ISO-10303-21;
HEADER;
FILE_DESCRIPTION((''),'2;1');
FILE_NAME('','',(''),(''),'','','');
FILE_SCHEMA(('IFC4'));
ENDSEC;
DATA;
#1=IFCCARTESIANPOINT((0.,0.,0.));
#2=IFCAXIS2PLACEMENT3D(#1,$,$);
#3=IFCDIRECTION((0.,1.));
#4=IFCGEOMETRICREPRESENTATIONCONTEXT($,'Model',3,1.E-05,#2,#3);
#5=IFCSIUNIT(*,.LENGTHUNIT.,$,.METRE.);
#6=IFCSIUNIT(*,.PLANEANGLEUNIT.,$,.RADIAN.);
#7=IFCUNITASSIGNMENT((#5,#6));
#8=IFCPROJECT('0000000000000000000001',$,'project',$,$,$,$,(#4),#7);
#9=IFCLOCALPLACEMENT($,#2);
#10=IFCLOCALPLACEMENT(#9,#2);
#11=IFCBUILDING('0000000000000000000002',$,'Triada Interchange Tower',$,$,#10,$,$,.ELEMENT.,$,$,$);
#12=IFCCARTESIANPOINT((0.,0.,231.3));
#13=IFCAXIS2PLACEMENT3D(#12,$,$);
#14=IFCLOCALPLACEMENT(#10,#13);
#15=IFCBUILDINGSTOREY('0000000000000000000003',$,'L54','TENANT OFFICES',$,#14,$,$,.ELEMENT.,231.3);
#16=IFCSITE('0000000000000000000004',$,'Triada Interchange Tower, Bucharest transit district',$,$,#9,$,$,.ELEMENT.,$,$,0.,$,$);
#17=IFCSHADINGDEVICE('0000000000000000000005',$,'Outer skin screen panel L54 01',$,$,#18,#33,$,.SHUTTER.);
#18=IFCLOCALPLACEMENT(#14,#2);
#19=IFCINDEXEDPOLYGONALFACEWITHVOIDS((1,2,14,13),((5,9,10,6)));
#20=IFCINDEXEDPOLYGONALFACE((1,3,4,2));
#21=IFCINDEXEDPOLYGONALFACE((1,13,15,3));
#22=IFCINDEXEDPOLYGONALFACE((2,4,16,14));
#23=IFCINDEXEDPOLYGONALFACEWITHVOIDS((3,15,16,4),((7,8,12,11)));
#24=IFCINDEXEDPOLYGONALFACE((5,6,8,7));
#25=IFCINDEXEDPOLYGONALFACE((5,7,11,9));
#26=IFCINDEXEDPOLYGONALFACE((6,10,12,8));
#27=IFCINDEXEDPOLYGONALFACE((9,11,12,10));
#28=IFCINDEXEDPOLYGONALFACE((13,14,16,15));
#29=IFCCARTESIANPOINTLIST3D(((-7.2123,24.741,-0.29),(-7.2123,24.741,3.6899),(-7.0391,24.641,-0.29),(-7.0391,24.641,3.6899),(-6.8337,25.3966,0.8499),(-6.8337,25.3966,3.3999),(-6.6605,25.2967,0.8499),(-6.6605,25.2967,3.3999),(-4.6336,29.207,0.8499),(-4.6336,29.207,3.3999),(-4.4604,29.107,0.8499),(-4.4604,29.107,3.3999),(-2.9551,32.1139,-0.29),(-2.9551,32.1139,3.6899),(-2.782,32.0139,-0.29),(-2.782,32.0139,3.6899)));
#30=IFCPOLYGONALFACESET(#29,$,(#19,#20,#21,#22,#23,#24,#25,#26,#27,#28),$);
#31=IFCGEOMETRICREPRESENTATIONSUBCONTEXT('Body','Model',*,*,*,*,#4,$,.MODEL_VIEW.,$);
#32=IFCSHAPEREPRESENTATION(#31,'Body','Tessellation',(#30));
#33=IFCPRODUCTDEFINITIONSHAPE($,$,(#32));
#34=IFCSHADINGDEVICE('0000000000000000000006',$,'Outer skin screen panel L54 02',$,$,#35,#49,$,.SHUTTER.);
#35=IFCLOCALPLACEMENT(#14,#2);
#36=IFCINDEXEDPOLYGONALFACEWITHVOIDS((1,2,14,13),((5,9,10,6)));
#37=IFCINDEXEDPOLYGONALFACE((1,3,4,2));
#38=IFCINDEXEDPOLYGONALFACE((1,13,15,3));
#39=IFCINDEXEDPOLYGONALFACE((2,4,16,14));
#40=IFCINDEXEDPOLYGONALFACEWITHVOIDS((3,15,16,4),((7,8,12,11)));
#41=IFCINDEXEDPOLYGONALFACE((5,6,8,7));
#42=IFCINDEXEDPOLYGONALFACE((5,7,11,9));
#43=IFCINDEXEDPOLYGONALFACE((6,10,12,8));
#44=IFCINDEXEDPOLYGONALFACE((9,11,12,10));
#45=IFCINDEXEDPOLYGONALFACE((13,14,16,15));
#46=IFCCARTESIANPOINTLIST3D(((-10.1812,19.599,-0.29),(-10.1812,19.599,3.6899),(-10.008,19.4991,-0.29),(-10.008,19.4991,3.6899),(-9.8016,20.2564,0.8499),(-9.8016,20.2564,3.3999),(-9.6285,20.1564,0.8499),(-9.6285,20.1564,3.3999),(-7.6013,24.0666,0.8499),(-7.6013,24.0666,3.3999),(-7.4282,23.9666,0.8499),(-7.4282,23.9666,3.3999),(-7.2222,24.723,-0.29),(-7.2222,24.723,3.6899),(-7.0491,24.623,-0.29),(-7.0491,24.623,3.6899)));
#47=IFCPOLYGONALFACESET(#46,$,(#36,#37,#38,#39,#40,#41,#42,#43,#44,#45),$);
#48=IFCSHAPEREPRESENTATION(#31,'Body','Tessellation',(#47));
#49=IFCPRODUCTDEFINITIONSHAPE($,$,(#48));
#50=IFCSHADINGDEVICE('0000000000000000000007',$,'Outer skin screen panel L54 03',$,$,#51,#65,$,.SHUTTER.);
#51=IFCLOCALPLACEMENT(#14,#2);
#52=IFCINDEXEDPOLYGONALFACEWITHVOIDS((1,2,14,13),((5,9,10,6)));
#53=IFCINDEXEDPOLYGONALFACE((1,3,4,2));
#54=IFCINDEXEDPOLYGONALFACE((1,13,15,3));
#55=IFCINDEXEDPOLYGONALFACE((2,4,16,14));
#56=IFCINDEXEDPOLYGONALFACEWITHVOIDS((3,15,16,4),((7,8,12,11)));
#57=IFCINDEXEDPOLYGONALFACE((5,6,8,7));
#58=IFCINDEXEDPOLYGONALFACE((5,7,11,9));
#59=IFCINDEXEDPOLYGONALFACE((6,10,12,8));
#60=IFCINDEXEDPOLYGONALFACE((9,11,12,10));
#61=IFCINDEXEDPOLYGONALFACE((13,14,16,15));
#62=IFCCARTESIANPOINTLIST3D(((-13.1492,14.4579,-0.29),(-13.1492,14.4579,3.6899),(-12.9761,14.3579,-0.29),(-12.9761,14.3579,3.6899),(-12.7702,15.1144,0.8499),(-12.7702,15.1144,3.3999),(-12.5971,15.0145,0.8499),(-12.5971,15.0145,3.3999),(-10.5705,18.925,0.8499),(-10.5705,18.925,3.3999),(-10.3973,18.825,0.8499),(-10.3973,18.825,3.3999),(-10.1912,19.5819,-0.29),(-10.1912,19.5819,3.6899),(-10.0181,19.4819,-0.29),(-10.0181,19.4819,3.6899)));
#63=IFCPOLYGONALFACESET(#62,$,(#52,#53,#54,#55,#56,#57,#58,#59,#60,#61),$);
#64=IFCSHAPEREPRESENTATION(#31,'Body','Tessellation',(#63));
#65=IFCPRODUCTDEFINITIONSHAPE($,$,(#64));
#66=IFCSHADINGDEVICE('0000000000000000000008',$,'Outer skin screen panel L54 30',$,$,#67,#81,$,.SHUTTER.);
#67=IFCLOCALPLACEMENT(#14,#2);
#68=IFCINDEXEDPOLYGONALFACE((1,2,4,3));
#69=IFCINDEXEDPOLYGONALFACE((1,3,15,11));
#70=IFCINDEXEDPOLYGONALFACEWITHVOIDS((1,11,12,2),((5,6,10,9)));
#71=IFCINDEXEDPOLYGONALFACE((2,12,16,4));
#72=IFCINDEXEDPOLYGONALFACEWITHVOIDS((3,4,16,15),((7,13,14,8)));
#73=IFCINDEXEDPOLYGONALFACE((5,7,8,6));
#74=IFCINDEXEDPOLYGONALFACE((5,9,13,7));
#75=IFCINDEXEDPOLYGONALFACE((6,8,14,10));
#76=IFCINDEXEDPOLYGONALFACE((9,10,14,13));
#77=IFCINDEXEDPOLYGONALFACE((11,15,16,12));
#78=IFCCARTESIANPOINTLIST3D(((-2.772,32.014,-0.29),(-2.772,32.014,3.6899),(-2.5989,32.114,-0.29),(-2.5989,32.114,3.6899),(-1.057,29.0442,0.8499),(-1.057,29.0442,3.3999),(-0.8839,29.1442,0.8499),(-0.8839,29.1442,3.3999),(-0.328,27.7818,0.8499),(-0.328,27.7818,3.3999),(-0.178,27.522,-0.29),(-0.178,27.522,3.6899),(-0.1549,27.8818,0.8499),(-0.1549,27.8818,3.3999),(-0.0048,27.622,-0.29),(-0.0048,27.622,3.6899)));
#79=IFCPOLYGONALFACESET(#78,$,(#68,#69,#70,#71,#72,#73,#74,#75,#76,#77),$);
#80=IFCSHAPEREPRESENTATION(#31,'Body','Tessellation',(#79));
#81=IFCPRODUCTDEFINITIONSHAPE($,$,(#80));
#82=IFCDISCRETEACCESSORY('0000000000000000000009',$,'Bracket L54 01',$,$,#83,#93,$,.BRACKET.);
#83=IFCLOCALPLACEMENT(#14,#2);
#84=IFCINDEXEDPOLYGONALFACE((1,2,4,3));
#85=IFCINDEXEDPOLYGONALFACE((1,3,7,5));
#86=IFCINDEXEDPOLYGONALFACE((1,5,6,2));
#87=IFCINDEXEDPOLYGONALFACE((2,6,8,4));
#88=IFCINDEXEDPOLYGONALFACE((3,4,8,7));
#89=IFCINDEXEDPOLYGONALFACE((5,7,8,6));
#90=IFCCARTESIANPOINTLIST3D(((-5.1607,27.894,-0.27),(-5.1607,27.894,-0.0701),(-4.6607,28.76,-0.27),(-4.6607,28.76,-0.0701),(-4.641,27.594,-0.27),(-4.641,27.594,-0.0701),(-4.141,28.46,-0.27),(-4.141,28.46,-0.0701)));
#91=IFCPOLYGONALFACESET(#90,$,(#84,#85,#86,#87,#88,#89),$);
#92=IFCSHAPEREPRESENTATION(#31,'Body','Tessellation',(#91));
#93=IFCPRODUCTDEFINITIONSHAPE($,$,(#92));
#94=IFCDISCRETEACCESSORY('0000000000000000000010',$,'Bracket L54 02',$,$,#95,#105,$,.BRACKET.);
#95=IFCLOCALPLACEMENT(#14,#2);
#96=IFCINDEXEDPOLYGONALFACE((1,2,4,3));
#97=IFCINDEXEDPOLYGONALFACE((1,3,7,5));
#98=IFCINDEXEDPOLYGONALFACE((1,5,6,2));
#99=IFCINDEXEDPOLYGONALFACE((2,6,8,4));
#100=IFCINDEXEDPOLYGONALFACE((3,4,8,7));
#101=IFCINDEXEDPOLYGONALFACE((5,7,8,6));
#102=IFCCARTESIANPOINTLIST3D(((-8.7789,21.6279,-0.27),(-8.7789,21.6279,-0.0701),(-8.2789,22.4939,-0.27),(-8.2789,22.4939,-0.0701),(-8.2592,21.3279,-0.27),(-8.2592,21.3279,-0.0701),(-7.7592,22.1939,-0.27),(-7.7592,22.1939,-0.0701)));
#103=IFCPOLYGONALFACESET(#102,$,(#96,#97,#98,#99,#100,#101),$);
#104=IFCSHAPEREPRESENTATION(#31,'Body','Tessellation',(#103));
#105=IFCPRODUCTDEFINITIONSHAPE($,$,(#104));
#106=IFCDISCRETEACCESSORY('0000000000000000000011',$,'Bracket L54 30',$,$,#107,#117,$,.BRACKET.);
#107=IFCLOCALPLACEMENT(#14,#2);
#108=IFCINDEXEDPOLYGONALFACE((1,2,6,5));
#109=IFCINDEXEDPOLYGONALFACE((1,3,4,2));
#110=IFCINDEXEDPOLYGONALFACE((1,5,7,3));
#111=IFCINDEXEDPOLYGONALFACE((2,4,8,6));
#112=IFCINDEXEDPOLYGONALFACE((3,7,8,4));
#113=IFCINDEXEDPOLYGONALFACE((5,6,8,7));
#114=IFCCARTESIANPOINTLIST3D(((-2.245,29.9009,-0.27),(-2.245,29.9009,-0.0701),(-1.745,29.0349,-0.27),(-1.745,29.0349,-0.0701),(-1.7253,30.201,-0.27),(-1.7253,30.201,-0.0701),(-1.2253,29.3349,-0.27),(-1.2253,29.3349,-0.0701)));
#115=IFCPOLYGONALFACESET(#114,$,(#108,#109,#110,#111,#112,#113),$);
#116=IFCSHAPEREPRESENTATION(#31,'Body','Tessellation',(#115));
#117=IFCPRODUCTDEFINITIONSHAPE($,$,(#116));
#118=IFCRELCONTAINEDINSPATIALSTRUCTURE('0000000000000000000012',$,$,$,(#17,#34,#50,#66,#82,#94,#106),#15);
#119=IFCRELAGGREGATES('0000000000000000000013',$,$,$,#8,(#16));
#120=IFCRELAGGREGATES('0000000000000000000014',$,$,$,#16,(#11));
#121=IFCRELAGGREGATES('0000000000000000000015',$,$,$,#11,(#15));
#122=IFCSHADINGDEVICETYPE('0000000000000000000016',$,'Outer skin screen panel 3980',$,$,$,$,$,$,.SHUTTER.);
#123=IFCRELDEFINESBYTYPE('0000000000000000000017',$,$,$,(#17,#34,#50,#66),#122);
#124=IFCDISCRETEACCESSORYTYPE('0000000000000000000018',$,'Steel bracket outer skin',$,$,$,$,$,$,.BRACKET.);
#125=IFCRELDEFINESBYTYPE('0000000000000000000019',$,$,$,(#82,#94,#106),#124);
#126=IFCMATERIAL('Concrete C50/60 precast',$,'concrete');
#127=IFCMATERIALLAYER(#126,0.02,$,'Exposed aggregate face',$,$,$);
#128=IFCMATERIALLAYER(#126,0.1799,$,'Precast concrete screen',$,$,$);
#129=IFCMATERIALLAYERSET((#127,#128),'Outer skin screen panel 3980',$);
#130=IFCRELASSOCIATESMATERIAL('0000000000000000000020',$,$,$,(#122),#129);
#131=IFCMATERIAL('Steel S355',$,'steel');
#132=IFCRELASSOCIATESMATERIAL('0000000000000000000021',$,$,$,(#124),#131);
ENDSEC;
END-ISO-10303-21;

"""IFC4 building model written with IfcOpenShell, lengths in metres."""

from ifc_helpers import new_model, si_unit, direction, frame, origin, origin_2d, place, context, subcontext, project, spatial, polyline, rectangle, outline, extrude, material, layer, layer_set, type_object, element, save


model = new_model("IFC4")

# Units and contexts
model_context = context("Model", 3, precision=1e-05, world=origin(), true_north=direction((0.0, 1.0)))
body_context = subcontext(model_context, "Body", "Model", "MODEL_VIEW")
ifc_project = project(units=[si_unit("LENGTHUNIT", "METRE"), si_unit("PLANEANGLEUNIT", "RADIAN")], contexts=[model_context])

# Site, building, storey
site_placement = place(None, origin())
site = spatial("IfcSite", under=ifc_project, at=site_placement, Name="Triada Interchange Tower, Bucharest transit district", CompositionType="ELEMENT", RefElevation=0.0)
building_placement = place(site_placement, origin())
building = spatial("IfcBuilding", under=site, at=building_placement, Name="Triada Interchange Tower", CompositionType="ELEMENT")
storey_placement = place(building_placement, frame((0.0, 0.0, 231.3)))
storey = spatial("IfcBuildingStorey", under=building, at=storey_placement, Name="L54", Description="TENANT OFFICES", CompositionType="ELEMENT", Elevation=231.3)

# Shading devices
ifc_material_1 = material(Name="Concrete C50/60 precast", Category="concrete")
ifc_layer_1 = layer(ifc_material_1, 0.02, Name="Exposed aggregate face")
ifc_layer_2 = layer(ifc_material_1, 0.1799, Name="Precast concrete screen")
ifc_layer_set_1 = layer_set([ifc_layer_1, ifc_layer_2], Name="Outer skin screen panel 3980")
shading_device_type = type_object("IfcShadingDeviceType", Name="Outer skin screen panel 3980", PredefinedType="SHUTTER", material=ifc_layer_set_1)
shading_device_1_placement = place(storey_placement, frame((-2.782, 32.0139, -0.29), z_axis=(0.0, 0.0, 1.0), x_axis=(-0.500034, -0.866006, 0.0)))
element("IfcShadingDevice", 1, at=shading_device_1_placement, inside=storey, type_object=shading_device_type, Name="Outer skin screen panel L54 01", PredefinedType="SHUTTER", context=body_context, shape_type="SweptSolid", body=[
    extrude(outline(polyline([(0.0, 0.0), (8.5137, 0.0), (8.5137, 3.98), (0.0, 3.98), (0.0, 0.0)]), holes=[polyline([(3.3567, 1.1399), (3.3567, 3.6899), (7.7566, 3.6899), (7.7566, 1.1399), (3.3567, 1.1399)])]), frame((0.0, 0.0, 0.0), z_axis=(0.0, -1.0, 0.0), x_axis=(1.0, 0.0, 0.0)), (0.0, 0.0, 1.0), 0.2),
])
shading_device_2_placement = place(storey_placement, frame((-7.0491, 24.623, -0.29), z_axis=(0.0, 0.0, 1.0), x_axis=(-0.50008, -0.865979, 0.0)))
element("IfcShadingDevice", 2, at=shading_device_2_placement, inside=storey, type_object=shading_device_type, Name="Outer skin screen panel L54 02", PredefinedType="SHUTTER", context=body_context, shape_type="SweptSolid", body=[
    extrude(outline(polyline([(0.0, 0.0), (5.917, 0.0), (5.917, 3.98), (0.0, 3.98), (0.0, 0.0)]), holes=[polyline([(0.7581, 1.1399), (0.7581, 3.6899), (5.158, 3.6899), (5.158, 1.1399), (0.7581, 1.1399)])]), frame((0.0, 0.0, 0.0), z_axis=(0.0, -1.0, 0.0), x_axis=(1.0, 0.0, 0.0)), (0.0, 0.0, 1.0), 0.2),
])
shading_device_3_placement = place(storey_placement, frame((-10.0181, 19.4819, -0.29), z_axis=(0.0, 0.0, 1.0), x_axis=(-0.499956, -0.866051, 0.0)))
element("IfcShadingDevice", 3, at=shading_device_3_placement, inside=storey, type_object=shading_device_type, Name="Outer skin screen panel L54 03", PredefinedType="SHUTTER", context=body_context, shape_type="SweptSolid", body=[
    extrude(outline(polyline([(0.0, 0.0), (5.9165, 0.0), (5.9165, 3.98), (0.0, 3.98), (0.0, 0.0)]), holes=[polyline([(0.7585, 1.1399), (0.7585, 3.6899), (5.1584, 3.6899), (5.1584, 1.1399), (0.7585, 1.1399)])]), frame((0.0, 0.0, 0.0), z_axis=(0.0, -1.0, 0.0), x_axis=(1.0, 0.0, 0.0)), (0.0, 0.0, 1.0), 0.2),
])
shading_device_4_placement = place(storey_placement, frame((-0.178, 27.522, -0.29), z_axis=(0.0, 0.0, 1.0), x_axis=(-0.500082, 0.865978, 0.0)))
element("IfcShadingDevice", 4, at=shading_device_4_placement, inside=storey, type_object=shading_device_type, Name="Outer skin screen panel L54 30", PredefinedType="SHUTTER", context=body_context, shape_type="SweptSolid", body=[
    extrude(outline(polyline([(0.0, 0.0), (5.1873, 0.0), (5.1873, 3.98), (0.0, 3.98), (0.0, 0.0)]), holes=[polyline([(0.3, 1.1399), (0.3, 3.6899), (1.7578, 3.6899), (1.7578, 1.1399), (0.3, 1.1399)])]), frame((0.0, 0.0, 0.0), z_axis=(0.0, -1.0, 0.0), x_axis=(1.0, 0.0, 0.0)), (0.0, 0.0, 1.0), 0.2),
])

# Discrete accessories
ifc_material_2 = material(Name="Steel S355", Category="steel")
discrete_accessory_type = type_object("IfcDiscreteAccessoryType", Name="Steel bracket outer skin", PredefinedType="BRACKET", material=ifc_material_2)
for number, where, z_axis, x_axis, name in (
    (5, (-4.6509, 28.177, -0.27), (0.0, 0.0, 1.0), (-0.866014, 0.500019, 0.0), "Bracket L54 01"),
    (6, (-8.269, 21.9109, -0.27), (0.0, 0.0, 1.0), (-0.866014, 0.500019, 0.0), "Bracket L54 02"),
    (7, (-1.7351, 29.6179, -0.27), (0.0, 0.0, 1.0), (0.86603, 0.499993, 0.0), "Bracket L54 30"),
):
    element("IfcDiscreteAccessory", number, at=place(storey_placement, frame(where, z_axis=z_axis, x_axis=x_axis)), inside=storey, type_object=discrete_accessory_type, Name=name, PredefinedType="BRACKET", context=body_context, shape_type="SweptSolid", body=[
        extrude(rectangle(XDim=0.6001, YDim=1.0, at=origin_2d()), origin(), (0.0, 0.0, 1.0), 0.2),
    ])

save(model, "model.ifc")
